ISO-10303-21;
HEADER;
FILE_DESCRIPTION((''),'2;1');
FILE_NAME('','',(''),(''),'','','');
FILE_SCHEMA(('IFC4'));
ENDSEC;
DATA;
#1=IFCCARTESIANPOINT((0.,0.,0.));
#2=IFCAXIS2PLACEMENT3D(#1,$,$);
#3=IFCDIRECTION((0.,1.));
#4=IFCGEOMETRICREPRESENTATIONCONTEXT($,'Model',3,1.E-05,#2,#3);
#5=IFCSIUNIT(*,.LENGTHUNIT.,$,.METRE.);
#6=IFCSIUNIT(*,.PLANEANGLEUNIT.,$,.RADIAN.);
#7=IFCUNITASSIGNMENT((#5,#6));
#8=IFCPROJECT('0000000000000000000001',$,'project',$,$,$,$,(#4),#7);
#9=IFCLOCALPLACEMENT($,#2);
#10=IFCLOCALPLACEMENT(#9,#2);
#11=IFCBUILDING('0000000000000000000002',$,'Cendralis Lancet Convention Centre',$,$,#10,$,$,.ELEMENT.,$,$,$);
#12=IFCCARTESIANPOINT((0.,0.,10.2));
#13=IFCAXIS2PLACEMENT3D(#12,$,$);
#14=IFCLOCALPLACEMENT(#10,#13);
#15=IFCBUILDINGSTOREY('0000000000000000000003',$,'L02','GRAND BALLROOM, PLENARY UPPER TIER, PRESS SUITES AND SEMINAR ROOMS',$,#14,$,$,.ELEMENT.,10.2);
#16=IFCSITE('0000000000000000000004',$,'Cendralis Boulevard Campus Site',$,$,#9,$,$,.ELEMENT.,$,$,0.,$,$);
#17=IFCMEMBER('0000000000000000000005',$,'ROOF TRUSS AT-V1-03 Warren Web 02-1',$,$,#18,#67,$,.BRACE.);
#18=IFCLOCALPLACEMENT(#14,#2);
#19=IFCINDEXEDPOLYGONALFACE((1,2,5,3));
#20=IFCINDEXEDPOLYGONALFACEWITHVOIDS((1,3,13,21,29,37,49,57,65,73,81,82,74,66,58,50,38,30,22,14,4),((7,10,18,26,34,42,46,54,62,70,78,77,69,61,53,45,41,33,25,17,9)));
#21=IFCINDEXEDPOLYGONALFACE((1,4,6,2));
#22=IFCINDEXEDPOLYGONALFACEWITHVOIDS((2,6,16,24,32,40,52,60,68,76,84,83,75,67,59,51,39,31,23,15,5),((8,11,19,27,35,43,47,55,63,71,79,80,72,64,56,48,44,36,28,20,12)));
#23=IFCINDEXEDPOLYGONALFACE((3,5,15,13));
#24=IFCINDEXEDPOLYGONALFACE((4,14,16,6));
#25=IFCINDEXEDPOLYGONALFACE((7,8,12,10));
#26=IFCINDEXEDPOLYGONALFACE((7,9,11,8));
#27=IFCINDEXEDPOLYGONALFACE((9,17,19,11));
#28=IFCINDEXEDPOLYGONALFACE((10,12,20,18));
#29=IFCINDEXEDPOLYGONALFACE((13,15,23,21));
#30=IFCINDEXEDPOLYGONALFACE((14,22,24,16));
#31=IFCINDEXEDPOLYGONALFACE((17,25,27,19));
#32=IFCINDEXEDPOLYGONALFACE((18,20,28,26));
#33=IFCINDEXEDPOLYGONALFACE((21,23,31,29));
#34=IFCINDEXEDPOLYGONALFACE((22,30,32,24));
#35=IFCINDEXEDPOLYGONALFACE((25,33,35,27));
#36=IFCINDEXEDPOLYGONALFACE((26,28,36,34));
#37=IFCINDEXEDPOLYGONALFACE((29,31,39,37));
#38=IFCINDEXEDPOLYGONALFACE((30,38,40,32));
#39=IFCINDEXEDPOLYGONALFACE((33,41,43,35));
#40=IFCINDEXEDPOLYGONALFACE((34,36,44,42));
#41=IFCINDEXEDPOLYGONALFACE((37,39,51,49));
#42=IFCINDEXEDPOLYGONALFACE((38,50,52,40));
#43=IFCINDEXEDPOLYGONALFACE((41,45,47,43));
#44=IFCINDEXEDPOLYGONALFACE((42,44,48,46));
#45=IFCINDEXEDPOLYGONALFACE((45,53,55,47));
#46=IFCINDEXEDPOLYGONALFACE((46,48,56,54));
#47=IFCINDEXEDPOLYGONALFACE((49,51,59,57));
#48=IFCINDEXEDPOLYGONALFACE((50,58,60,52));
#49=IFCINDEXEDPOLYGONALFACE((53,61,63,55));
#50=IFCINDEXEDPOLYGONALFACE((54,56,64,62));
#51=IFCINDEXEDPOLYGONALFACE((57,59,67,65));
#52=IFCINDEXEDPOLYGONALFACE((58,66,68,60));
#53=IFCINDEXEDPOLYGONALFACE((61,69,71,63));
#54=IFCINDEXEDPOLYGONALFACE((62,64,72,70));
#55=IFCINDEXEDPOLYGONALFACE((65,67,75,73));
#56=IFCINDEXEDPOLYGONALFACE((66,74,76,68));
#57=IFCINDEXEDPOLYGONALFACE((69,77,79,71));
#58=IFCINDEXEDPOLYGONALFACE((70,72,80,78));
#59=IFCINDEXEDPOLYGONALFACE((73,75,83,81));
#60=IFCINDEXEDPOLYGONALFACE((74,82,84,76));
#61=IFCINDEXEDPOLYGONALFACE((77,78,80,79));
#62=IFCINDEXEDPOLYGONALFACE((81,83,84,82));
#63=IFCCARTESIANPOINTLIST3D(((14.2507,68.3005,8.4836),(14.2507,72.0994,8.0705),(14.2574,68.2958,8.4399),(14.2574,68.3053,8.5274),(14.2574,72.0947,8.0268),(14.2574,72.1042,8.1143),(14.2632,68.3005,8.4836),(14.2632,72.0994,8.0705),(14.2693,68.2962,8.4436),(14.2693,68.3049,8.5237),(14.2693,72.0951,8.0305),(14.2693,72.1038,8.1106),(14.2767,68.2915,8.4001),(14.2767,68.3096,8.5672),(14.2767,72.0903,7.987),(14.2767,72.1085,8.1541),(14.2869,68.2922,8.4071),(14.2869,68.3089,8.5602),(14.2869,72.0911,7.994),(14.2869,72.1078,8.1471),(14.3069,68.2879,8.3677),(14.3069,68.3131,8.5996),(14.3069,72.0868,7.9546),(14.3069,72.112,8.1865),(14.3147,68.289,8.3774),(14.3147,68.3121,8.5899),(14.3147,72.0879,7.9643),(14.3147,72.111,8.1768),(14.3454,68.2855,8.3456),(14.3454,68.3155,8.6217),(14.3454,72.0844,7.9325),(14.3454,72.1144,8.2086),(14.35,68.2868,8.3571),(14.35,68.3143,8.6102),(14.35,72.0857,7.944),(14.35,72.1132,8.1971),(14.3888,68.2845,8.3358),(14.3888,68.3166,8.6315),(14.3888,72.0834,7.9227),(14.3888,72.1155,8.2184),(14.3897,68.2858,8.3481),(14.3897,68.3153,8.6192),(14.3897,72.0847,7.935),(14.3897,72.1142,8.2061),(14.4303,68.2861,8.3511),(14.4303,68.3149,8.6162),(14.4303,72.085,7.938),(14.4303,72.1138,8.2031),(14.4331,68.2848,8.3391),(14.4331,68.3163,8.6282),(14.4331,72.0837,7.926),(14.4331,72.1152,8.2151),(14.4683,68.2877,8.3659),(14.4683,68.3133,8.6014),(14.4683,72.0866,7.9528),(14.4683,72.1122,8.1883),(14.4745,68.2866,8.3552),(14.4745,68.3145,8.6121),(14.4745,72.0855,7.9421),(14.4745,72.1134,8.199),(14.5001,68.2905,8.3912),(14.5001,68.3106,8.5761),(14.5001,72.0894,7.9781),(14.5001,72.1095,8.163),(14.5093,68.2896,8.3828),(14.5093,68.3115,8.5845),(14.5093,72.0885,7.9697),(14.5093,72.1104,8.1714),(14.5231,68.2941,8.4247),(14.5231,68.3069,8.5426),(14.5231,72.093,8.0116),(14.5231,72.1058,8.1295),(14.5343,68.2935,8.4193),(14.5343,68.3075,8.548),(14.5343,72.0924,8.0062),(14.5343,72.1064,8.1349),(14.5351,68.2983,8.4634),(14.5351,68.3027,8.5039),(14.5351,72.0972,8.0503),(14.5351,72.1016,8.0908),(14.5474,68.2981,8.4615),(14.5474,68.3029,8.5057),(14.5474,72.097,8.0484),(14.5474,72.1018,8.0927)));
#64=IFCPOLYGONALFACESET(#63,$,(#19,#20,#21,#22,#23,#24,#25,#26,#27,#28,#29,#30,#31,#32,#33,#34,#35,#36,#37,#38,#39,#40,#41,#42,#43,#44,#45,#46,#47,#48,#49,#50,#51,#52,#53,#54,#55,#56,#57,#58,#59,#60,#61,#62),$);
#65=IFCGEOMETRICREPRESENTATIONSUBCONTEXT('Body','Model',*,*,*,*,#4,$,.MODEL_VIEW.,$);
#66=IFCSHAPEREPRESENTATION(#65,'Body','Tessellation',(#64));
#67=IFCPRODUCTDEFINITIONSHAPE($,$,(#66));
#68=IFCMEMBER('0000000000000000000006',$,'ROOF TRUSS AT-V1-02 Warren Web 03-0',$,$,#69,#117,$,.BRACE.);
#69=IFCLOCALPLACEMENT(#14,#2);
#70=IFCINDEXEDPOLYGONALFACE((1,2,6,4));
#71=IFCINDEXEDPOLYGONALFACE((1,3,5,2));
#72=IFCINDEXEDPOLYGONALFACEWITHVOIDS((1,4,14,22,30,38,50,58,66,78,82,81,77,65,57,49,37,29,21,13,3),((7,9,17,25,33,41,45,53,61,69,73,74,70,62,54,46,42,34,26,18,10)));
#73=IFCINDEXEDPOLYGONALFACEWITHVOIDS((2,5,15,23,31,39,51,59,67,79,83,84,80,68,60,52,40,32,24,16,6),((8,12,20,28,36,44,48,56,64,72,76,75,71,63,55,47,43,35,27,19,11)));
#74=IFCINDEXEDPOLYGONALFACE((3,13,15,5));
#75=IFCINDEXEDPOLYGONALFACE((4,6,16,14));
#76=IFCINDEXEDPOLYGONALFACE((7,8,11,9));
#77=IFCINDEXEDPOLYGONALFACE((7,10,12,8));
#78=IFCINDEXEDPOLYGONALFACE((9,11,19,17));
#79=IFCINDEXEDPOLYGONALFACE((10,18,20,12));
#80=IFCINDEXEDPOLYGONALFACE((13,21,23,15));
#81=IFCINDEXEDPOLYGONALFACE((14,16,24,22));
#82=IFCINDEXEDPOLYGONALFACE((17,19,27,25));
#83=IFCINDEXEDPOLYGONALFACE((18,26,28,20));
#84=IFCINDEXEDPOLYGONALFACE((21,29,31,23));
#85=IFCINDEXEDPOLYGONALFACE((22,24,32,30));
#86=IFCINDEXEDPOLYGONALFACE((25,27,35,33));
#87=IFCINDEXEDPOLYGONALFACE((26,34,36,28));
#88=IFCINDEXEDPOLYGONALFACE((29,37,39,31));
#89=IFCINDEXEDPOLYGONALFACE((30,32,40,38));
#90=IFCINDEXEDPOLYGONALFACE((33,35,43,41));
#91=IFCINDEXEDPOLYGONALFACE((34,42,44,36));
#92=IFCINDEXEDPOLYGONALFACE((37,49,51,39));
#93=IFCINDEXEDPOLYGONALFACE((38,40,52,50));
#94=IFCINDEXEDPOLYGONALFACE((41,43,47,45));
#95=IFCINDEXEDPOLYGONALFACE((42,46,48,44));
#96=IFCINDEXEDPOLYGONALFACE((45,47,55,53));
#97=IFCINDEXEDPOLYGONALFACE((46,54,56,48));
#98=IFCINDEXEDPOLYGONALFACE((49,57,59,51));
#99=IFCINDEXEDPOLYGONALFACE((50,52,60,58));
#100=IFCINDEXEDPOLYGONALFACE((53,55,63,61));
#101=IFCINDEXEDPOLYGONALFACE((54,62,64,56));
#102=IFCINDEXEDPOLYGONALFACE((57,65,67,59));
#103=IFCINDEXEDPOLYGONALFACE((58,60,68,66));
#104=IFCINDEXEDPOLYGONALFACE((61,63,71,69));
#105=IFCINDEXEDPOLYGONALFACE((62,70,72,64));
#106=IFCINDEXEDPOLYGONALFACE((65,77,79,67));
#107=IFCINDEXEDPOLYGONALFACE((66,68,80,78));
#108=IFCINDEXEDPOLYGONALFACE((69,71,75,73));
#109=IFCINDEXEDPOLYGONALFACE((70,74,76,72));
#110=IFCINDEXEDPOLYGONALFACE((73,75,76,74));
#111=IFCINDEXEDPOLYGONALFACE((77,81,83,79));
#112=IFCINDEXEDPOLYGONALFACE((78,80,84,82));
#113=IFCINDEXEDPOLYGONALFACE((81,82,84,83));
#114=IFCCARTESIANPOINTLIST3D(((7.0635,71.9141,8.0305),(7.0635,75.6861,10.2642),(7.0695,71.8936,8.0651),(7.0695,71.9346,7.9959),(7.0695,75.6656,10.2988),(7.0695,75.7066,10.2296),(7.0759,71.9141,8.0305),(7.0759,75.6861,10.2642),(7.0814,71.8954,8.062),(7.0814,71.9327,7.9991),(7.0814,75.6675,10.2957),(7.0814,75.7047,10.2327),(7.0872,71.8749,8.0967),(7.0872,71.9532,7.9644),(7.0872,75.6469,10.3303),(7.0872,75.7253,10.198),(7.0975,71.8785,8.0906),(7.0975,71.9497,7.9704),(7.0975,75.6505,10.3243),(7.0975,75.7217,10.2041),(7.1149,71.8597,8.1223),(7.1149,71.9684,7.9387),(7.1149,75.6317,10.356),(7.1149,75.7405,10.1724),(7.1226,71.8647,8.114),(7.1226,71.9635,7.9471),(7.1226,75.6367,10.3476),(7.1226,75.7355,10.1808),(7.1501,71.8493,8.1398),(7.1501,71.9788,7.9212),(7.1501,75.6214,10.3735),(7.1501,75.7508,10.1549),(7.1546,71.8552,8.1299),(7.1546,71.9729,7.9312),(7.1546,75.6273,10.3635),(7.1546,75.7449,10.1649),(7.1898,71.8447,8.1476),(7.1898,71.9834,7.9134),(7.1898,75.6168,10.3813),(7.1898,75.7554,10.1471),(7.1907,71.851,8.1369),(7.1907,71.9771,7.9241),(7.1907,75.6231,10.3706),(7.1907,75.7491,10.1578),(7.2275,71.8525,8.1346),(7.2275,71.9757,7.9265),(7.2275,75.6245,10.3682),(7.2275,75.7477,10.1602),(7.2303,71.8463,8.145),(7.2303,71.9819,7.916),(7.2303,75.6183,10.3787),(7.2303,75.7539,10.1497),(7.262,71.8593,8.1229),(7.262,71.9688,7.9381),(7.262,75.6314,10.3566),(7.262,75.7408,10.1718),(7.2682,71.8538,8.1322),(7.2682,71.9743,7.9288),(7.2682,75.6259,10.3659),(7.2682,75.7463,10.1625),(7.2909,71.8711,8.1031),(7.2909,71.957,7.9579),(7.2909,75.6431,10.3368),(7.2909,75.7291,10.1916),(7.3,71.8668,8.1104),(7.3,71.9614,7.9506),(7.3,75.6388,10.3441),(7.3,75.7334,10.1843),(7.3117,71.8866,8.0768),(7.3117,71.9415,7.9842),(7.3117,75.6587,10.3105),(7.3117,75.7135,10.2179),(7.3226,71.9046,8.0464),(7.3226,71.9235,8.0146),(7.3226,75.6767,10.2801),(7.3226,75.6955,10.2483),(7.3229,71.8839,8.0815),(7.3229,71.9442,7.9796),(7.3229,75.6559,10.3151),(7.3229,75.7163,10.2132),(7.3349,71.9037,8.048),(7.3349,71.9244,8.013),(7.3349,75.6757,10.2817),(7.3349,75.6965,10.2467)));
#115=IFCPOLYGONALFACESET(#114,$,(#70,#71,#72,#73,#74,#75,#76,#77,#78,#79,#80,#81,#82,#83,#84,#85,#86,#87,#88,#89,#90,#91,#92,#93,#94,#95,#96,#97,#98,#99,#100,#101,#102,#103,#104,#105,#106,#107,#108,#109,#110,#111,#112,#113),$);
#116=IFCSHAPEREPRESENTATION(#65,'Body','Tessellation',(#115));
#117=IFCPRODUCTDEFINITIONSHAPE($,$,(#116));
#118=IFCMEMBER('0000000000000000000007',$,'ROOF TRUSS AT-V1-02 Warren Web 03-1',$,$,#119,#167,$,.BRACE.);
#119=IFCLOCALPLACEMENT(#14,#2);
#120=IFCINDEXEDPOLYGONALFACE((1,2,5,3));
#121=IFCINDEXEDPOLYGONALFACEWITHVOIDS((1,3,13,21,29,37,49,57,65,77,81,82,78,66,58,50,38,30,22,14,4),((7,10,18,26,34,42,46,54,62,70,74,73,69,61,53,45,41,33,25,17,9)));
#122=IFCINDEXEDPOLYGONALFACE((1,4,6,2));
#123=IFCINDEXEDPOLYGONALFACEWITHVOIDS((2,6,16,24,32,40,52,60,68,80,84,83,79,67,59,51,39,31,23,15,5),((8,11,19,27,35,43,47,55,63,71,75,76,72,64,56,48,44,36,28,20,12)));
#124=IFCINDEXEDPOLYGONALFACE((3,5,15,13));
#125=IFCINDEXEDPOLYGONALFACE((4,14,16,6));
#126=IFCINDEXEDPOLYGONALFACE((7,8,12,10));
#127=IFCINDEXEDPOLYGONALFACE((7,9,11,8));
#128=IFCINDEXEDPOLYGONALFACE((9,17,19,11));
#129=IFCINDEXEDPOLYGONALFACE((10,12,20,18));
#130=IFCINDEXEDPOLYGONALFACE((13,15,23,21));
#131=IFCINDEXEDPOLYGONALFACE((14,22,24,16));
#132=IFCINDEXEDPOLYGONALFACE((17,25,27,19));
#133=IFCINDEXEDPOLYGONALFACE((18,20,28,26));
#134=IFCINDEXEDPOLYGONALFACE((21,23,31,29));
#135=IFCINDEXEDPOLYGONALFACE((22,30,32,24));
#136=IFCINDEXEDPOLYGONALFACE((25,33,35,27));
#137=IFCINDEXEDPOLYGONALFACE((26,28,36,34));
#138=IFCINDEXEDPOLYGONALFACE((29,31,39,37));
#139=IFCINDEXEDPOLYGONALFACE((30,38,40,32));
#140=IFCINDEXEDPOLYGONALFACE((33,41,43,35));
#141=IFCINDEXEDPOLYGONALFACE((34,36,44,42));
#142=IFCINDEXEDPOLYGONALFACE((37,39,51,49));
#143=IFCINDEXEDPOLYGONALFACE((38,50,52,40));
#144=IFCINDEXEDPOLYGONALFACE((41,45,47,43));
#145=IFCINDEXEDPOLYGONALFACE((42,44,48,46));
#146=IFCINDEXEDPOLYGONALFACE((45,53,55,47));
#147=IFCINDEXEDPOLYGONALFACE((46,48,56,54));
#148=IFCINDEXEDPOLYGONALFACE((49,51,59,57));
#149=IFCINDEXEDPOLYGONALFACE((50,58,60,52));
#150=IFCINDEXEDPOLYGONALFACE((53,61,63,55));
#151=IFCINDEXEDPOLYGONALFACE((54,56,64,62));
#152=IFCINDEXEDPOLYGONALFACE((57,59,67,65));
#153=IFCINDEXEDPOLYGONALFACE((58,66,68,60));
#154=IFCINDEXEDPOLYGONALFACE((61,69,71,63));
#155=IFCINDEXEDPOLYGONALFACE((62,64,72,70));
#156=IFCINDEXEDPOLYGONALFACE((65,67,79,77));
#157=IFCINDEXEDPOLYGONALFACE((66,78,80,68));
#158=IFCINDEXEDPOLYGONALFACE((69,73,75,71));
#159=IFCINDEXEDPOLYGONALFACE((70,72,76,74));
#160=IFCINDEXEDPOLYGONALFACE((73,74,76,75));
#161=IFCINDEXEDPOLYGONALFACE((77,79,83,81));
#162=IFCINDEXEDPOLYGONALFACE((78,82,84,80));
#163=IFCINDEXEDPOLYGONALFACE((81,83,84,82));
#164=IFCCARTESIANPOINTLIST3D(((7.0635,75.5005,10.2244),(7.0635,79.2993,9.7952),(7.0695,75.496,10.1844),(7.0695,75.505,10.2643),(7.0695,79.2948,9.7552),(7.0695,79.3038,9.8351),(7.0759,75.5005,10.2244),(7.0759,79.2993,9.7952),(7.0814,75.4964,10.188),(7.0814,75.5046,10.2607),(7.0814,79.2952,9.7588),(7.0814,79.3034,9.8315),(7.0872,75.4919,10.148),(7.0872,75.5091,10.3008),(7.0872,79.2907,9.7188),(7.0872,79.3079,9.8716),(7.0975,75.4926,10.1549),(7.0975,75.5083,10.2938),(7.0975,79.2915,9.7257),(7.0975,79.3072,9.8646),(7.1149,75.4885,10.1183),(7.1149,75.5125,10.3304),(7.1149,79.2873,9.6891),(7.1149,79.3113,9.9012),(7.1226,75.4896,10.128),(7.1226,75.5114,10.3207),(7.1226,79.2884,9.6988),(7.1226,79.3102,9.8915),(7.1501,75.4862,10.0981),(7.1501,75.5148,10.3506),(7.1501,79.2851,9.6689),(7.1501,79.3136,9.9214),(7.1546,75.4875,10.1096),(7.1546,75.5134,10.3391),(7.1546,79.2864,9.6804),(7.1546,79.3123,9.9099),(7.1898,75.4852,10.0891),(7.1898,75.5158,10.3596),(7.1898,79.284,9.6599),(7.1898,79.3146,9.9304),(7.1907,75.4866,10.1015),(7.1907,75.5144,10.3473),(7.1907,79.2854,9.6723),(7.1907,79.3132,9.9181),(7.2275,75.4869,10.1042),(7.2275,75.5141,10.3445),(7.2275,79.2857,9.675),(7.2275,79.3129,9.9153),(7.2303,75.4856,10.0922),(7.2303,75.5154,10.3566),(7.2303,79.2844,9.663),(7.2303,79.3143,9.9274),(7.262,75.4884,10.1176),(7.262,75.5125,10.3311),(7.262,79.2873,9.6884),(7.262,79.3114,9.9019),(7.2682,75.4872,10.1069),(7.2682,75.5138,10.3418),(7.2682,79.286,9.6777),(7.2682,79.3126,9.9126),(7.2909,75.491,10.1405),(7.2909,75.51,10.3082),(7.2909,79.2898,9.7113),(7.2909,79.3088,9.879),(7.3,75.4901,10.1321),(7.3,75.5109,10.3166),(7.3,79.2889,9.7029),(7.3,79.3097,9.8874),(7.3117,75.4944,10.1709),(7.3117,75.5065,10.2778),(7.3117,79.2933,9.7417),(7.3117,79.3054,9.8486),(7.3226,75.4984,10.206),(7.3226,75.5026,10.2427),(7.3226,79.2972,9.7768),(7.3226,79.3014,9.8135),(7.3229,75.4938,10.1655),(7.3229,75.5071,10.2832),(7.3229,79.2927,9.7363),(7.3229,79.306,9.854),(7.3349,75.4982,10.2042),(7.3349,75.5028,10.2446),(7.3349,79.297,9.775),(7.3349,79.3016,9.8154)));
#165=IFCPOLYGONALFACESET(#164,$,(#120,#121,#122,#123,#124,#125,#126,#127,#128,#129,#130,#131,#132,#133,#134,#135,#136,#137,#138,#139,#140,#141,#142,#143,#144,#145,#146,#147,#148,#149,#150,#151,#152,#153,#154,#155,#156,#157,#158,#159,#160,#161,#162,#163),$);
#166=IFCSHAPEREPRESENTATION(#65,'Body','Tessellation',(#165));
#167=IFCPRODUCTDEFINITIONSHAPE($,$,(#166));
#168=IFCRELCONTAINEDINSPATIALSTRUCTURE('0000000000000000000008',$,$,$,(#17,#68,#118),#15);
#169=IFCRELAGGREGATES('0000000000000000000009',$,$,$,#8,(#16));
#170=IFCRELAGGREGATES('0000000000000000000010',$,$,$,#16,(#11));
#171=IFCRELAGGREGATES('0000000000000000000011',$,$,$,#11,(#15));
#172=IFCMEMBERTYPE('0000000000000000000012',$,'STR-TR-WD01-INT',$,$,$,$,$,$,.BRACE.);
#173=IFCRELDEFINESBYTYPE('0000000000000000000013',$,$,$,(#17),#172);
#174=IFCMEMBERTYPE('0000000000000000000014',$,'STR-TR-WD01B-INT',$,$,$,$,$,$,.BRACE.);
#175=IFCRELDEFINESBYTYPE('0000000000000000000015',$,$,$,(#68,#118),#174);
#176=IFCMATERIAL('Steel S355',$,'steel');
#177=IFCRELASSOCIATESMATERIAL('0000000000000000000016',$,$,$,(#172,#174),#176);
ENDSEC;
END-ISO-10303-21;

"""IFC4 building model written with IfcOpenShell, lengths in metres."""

from ifc_helpers import new_model, si_unit, direction, frame, origin, origin_2d, place, context, subcontext, project, spatial, hollow_circle, extrude, material, material_profile, profile_set, type_object, element, save


model = new_model("IFC4")

# Units and contexts
model_context = context("Model", 3, precision=1e-05, world=origin(), true_north=direction((0.0, 1.0)))
body_context = subcontext(model_context, "Body", "Model", "MODEL_VIEW")
ifc_project = project(units=[si_unit("LENGTHUNIT", "METRE"), si_unit("PLANEANGLEUNIT", "RADIAN")], contexts=[model_context])

# Site, building, storey
site_placement = place(None, origin())
site = spatial("IfcSite", under=ifc_project, at=site_placement, Name="Cendralis Boulevard Campus Site", CompositionType="ELEMENT", RefElevation=0.0)
building_placement = place(site_placement, origin())
building = spatial("IfcBuilding", under=site, at=building_placement, Name="Cendralis Lancet Convention Centre", CompositionType="ELEMENT")
storey_placement = place(building_placement, frame((0.0, 0.0, 10.2)))
storey = spatial("IfcBuildingStorey", under=building, at=storey_placement, Name="L02", Description="GRAND BALLROOM, PLENARY UPPER TIER, PRESS SUITES AND SEMINAR ROOMS", CompositionType="ELEMENT", Elevation=10.2)

# Members
ifc_material = material(Name="Steel S355", Category="steel")
ifc_material_profile_1 = material_profile(ifc_material, hollow_circle(Radius=0.1492, WallThickness=0.0125, at=origin_2d()), Name="CHS 298.5x12.5")
ifc_profile_set_1 = profile_set([ifc_material_profile_1], Name="Steel S355")
member_type_1 = type_object("IfcMemberType", Name="STR-TR-WD01-INT", PredefinedType="BRACE", material=ifc_profile_set_1)
member_1_placement = place(storey_placement, frame((14.3999, 68.3005, 8.4836), z_axis=(0.0, 0.99414, -0.108103), x_axis=(-1.0, 0.0, 0.0)))
element("IfcMember", 1, at=member_1_placement, inside=storey, type_object=member_type_1, Name="ROOF TRUSS AT-V1-03 Warren Web 02-1", PredefinedType="BRACE", context=body_context, shape_type="SweptSolid", body=[
    extrude(hollow_circle(Radius=0.1492, WallThickness=0.0125, at=origin_2d()), origin(), (0.0, 0.0, 1.0), 3.8213),
])
ifc_material_profile_2 = material_profile(ifc_material, hollow_circle(Radius=0.1365, WallThickness=0.0125, at=origin_2d()), Name="CHS 273.0x12.5")
ifc_profile_set_2 = profile_set([ifc_material_profile_2], Name="Steel S355")
member_type_2 = type_object("IfcMemberType", Name="STR-TR-WD01B-INT", PredefinedType="BRACE", material=ifc_profile_set_2)
member_2_placement = place(storey_placement, frame((7.2, 71.9141, 8.0305), z_axis=(0.0, 0.860452, 0.509532), x_axis=(-1.0, 0.0, 0.0)))
element("IfcMember", 2, at=member_2_placement, inside=storey, type_object=member_type_2, Name="ROOF TRUSS AT-V1-02 Warren Web 03-0", PredefinedType="BRACE", context=body_context, shape_type="SweptSolid", body=[
    extrude(hollow_circle(Radius=0.1365, WallThickness=0.0125, at=origin_2d()), origin(), (0.0, 0.0, 1.0), 4.3838),
])
member_3_placement = place(storey_placement, frame((7.2, 75.5005, 10.2244), z_axis=(0.0, 0.993678, -0.112268), x_axis=(-1.0, 0.0, 0.0)))
element("IfcMember", 3, at=member_3_placement, inside=storey, type_object=member_type_2, Name="ROOF TRUSS AT-V1-02 Warren Web 03-1", PredefinedType="BRACE", context=body_context, shape_type="SweptSolid", body=[
    extrude(hollow_circle(Radius=0.1365, WallThickness=0.0125, at=origin_2d()), origin(), (0.0, 0.0, 1.0), 3.823),
])

save(model, "model.ifc")
